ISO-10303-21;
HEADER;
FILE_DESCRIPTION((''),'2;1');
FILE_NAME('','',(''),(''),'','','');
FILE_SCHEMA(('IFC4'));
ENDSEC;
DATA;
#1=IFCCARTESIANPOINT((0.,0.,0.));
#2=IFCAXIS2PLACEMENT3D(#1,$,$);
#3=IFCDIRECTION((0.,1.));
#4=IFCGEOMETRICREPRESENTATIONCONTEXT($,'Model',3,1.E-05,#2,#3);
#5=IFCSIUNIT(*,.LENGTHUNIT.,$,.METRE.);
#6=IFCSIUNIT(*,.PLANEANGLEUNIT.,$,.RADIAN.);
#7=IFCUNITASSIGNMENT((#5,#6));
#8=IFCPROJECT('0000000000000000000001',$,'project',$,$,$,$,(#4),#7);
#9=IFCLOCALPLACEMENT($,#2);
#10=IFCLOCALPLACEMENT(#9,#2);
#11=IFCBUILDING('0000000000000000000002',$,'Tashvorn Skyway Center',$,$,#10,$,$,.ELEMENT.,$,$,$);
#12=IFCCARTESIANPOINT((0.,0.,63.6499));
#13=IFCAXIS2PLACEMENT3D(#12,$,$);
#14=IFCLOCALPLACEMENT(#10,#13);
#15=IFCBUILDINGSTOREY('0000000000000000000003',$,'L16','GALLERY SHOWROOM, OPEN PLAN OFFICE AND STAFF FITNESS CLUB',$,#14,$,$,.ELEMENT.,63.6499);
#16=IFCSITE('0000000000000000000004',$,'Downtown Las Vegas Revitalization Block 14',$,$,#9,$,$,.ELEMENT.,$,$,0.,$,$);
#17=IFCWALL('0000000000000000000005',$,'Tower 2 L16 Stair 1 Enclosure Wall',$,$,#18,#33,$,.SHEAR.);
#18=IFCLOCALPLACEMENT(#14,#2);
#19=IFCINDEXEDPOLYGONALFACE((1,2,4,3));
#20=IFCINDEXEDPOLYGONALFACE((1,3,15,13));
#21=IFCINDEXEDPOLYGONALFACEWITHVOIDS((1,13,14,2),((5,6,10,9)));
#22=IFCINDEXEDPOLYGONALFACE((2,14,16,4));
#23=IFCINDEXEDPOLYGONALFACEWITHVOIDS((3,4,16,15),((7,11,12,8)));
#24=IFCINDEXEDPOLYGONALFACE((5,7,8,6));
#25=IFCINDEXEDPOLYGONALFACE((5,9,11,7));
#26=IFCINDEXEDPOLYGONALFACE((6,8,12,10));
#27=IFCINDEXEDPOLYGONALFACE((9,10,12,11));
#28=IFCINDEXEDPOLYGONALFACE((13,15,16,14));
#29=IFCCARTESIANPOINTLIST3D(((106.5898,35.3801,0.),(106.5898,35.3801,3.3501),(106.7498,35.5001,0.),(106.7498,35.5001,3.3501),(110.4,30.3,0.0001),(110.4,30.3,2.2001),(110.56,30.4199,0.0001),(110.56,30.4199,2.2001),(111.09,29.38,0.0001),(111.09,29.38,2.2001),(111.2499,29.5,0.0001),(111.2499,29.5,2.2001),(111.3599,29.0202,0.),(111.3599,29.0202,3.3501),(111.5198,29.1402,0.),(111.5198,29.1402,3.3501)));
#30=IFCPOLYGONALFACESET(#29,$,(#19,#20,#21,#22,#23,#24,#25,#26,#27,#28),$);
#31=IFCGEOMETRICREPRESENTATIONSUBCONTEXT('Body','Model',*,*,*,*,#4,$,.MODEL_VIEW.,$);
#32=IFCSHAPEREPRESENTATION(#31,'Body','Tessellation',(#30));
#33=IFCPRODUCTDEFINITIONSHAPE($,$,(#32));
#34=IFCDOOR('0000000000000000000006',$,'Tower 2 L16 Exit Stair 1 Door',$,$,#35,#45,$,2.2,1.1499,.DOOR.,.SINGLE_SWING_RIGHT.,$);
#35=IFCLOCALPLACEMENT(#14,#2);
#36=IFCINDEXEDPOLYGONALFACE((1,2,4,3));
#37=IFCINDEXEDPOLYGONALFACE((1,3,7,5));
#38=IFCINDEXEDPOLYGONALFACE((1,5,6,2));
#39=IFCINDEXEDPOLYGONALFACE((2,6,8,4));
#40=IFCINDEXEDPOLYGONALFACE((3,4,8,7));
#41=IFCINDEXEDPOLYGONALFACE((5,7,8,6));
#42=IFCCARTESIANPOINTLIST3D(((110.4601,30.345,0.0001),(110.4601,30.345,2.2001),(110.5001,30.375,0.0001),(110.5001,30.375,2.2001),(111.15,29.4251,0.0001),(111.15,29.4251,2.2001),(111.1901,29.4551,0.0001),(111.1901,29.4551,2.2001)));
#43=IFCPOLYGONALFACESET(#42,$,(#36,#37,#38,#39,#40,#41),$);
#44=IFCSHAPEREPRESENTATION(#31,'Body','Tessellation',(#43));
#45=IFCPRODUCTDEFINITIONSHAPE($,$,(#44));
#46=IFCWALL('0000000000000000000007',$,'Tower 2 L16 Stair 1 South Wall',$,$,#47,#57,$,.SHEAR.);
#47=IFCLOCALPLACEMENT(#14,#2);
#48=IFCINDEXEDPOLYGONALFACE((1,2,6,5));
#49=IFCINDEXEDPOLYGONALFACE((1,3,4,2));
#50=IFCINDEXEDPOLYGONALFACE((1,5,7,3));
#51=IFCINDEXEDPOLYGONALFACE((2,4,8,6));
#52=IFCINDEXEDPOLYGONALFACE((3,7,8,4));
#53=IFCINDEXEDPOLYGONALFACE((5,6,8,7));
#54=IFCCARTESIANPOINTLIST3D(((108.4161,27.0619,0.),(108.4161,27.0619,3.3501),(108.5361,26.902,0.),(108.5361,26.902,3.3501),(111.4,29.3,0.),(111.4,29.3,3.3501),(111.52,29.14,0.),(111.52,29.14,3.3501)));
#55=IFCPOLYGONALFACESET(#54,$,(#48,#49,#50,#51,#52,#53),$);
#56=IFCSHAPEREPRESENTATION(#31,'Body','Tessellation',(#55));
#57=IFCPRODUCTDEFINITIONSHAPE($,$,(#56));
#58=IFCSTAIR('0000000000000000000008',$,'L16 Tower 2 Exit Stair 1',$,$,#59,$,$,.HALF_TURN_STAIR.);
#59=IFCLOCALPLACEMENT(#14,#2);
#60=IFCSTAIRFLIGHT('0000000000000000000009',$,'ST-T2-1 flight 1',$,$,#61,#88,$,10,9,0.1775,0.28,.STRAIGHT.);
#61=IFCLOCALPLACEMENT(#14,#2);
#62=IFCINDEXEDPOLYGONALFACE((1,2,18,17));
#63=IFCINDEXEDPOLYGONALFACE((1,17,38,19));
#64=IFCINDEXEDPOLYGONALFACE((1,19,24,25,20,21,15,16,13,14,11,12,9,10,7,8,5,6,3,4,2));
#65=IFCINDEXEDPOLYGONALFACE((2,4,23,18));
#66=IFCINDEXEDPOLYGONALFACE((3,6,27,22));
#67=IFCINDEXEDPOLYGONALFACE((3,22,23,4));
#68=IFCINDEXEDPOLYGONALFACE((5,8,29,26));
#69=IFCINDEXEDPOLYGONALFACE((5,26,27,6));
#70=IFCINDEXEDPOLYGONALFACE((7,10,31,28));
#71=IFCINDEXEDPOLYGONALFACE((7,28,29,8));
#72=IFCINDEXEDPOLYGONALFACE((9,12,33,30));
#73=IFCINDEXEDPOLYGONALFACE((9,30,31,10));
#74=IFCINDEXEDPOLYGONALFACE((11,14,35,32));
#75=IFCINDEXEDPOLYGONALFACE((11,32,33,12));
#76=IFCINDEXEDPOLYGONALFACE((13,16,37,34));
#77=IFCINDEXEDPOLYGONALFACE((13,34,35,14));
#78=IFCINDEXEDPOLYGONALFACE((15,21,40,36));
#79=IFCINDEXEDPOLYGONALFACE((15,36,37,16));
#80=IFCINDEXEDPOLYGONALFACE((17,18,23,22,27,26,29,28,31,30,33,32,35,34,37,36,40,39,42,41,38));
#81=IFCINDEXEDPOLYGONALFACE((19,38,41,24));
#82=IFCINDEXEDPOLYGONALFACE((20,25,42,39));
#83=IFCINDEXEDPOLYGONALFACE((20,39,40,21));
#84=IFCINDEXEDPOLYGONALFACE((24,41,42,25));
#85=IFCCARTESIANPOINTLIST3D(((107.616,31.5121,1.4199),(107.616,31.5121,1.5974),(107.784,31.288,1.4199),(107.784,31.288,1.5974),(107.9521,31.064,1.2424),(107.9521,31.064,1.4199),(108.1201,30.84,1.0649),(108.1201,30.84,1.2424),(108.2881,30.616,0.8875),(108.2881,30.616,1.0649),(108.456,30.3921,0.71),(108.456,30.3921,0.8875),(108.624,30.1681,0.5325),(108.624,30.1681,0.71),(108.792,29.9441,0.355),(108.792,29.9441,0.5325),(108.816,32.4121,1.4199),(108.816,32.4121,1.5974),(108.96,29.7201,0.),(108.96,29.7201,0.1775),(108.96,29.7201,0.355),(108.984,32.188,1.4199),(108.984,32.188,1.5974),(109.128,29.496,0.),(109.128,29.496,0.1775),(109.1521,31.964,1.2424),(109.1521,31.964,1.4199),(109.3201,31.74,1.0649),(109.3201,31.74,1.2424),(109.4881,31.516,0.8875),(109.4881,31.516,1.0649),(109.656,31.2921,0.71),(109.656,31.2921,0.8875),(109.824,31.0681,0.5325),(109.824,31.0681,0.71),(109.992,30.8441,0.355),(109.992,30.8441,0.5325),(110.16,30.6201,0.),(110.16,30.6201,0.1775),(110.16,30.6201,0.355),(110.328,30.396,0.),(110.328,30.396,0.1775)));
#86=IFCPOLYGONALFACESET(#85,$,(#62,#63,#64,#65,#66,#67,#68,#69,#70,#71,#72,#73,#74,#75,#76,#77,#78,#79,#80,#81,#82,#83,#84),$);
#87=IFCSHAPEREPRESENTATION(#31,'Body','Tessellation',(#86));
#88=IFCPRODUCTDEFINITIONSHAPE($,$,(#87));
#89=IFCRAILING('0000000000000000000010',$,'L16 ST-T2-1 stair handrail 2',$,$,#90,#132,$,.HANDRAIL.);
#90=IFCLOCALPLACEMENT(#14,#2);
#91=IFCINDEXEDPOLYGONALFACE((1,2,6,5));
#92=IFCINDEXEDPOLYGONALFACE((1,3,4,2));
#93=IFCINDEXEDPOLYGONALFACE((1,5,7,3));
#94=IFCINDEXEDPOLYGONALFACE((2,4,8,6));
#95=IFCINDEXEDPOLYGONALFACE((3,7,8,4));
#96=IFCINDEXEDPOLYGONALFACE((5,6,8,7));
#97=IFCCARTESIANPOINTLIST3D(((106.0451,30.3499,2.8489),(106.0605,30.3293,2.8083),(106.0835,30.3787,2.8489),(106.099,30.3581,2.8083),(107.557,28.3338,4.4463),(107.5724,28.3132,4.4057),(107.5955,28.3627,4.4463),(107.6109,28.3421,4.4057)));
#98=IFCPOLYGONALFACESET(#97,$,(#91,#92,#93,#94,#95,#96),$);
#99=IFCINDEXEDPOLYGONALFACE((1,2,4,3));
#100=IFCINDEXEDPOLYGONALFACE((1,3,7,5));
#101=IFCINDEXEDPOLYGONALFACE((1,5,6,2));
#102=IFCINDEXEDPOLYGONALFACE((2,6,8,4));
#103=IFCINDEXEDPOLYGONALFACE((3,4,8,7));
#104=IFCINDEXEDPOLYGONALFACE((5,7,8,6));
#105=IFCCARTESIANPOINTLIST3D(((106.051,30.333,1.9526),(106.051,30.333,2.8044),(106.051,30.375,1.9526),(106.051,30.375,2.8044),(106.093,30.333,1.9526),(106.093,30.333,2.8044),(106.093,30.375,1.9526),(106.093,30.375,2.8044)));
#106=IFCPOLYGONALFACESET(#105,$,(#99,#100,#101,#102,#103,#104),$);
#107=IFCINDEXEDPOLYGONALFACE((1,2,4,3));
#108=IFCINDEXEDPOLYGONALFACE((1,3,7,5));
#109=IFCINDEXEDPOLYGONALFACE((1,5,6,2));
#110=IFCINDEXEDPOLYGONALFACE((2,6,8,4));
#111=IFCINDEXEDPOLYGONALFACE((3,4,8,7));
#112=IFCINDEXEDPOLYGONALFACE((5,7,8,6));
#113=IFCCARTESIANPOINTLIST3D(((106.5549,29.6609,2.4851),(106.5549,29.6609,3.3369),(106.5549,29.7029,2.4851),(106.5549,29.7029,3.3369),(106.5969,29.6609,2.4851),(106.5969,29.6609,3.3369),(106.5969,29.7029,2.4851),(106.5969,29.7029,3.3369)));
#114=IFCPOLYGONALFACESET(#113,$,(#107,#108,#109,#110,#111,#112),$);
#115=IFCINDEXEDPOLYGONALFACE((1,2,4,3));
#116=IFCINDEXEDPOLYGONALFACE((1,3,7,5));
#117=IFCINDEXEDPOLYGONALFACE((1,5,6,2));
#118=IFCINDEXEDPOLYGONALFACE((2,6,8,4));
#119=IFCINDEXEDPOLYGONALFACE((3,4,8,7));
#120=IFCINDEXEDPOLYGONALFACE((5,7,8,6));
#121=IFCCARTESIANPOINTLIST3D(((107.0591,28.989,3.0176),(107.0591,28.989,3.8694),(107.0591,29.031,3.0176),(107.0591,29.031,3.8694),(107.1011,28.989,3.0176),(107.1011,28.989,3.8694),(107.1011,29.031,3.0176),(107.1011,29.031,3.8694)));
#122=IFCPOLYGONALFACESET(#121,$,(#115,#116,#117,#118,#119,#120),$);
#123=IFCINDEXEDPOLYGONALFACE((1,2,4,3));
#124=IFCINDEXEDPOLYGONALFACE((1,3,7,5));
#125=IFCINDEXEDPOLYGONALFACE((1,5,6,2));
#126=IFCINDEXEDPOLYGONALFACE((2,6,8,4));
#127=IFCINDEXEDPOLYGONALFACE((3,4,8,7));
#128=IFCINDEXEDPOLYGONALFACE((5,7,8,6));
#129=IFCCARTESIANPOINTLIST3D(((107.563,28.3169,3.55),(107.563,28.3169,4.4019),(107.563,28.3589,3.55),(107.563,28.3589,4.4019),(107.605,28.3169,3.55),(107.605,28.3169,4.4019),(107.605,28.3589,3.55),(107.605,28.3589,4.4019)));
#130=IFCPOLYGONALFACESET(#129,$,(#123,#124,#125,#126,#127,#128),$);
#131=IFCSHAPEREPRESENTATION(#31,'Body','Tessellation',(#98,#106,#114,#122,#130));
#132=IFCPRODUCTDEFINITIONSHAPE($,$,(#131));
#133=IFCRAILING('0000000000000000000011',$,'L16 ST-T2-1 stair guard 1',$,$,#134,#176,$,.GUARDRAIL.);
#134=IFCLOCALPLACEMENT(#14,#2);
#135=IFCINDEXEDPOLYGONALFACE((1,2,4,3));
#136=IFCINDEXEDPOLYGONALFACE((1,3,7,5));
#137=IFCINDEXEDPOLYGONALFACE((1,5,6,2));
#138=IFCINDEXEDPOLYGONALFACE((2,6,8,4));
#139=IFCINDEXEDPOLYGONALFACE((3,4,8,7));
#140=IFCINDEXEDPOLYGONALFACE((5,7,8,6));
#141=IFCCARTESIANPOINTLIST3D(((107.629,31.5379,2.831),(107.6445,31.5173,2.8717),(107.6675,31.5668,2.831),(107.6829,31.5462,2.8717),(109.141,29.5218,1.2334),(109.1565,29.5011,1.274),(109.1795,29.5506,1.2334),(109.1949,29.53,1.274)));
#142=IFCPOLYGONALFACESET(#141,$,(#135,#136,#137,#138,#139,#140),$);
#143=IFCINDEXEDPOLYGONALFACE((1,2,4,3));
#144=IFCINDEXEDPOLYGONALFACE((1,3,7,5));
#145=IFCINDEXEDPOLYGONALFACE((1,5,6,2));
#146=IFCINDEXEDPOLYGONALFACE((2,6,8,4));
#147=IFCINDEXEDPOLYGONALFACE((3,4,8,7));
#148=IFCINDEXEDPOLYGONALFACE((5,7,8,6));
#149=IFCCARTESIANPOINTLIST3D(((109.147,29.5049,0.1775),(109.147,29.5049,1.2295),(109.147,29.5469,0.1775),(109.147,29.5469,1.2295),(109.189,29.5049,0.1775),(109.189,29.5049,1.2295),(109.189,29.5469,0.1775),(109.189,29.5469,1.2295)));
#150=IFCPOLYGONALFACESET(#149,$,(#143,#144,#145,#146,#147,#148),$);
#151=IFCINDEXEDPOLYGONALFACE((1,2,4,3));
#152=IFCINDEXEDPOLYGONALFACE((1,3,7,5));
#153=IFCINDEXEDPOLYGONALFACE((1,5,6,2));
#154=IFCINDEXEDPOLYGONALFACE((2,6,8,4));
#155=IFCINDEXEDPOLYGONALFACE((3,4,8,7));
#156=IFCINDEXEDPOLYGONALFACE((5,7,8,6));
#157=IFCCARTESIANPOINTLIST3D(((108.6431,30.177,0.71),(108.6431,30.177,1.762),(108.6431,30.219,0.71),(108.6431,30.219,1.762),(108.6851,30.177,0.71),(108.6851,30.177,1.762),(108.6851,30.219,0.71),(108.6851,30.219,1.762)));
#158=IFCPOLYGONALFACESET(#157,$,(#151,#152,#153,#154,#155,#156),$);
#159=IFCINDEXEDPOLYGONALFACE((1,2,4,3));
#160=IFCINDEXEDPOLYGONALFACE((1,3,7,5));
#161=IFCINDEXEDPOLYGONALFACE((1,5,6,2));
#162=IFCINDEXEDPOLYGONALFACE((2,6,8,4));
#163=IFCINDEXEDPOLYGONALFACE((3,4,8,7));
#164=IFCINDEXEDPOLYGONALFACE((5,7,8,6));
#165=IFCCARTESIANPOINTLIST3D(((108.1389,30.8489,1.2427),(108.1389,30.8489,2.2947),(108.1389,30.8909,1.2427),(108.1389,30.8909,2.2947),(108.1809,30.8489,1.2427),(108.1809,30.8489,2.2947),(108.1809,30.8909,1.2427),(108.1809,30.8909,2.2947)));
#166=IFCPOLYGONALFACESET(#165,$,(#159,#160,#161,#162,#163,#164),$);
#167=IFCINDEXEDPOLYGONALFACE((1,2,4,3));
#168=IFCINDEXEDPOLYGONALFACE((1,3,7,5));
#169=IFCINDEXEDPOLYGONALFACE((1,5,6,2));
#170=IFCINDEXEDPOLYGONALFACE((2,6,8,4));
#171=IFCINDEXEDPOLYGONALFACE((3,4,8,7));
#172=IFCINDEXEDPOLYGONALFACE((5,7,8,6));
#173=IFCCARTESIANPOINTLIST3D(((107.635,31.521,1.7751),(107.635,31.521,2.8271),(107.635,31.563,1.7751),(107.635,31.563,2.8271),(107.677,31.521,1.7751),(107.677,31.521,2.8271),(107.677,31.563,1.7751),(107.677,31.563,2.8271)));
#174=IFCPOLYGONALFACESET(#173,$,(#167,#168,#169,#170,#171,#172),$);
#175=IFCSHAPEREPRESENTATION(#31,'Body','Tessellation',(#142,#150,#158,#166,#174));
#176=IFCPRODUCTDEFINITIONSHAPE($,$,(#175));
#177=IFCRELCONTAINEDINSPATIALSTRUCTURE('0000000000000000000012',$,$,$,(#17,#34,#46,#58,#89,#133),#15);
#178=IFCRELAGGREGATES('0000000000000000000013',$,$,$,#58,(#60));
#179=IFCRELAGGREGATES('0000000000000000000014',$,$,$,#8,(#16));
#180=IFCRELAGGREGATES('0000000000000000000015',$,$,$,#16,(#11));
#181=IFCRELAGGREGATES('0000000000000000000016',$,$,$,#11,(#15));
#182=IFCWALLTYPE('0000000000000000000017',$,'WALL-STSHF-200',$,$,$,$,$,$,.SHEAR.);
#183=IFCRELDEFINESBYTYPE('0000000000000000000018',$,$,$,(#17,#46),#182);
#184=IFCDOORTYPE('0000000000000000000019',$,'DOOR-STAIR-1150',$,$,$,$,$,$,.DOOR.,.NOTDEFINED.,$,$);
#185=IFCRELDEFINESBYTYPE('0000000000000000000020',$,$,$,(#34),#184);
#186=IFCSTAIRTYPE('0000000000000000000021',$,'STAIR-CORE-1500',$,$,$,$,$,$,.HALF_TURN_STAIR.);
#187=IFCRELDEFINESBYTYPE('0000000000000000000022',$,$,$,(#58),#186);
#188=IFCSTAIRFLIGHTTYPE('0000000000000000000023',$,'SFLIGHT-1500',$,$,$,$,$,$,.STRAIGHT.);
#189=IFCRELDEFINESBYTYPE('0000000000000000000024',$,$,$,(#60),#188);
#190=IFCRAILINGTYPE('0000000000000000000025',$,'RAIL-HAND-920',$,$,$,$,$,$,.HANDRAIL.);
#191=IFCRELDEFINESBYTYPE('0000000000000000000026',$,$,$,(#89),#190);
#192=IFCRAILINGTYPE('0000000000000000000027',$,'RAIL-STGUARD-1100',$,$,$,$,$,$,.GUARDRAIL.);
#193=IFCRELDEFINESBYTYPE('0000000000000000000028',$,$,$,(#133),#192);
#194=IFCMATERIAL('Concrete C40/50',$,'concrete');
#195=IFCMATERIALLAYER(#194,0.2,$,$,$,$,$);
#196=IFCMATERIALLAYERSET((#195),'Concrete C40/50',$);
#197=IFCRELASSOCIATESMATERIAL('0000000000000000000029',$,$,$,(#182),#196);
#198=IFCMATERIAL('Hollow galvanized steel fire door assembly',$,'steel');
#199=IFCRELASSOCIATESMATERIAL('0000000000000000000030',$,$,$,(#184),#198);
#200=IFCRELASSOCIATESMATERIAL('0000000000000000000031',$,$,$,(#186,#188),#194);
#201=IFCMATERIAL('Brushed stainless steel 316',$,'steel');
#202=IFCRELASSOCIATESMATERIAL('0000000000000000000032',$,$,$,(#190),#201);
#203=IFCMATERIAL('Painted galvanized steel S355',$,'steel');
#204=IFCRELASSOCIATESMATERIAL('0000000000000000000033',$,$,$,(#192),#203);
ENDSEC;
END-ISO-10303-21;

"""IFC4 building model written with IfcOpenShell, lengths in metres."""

from ifc_helpers import new_model, si_unit, direction, frame, frame_2d, origin, origin_2d, place, context, subcontext, project, spatial, polyline, rectangle, outline, extrude, material, layer, layer_set, type_object, element, fill, aggregate, save


model = new_model("IFC4")

# Units and contexts
model_context = context("Model", 3, precision=1e-05, world=origin(), true_north=direction((0.0, 1.0)))
body_context = subcontext(model_context, "Body", "Model", "MODEL_VIEW")
ifc_project = project(units=[si_unit("LENGTHUNIT", "METRE"), si_unit("PLANEANGLEUNIT", "RADIAN")], contexts=[model_context])

# Site, building, storey
site_placement = place(None, origin())
site = spatial("IfcSite", under=ifc_project, at=site_placement, Name="Downtown Las Vegas Revitalization Block 14", CompositionType="ELEMENT", RefElevation=0.0)
building_placement = place(site_placement, origin())
building = spatial("IfcBuilding", under=site, at=building_placement, Name="Tashvorn Skyway Center", CompositionType="ELEMENT")
storey_placement = place(building_placement, frame((0.0, 0.0, 63.6499)))
storey = spatial("IfcBuildingStorey", under=building, at=storey_placement, Name="L16", Description="GALLERY SHOWROOM, OPEN PLAN OFFICE AND STAFF FITNESS CLUB", CompositionType="ELEMENT", Elevation=63.6499)

# Shared definitions
ifc_material_1 = material(Name="Concrete C40/50", Category="concrete")
ifc_material_2 = material(Name="Hollow galvanized steel fire door assembly", Category="steel")

# Wall, opening, door
ifc_layer_1 = layer(ifc_material_1, 0.2)
ifc_layer_set_1 = layer_set([ifc_layer_1], Name="Concrete C40/50")
wall_type_1 = type_object("IfcWallType", Name="WALL-STSHF-200", PredefinedType="SHEAR", material=ifc_layer_set_1)
wall_1_placement = place(storey_placement, frame((111.4399, 29.0801, 0.0), z_axis=(0.0, 0.0, 1.0), x_axis=(-0.60001, 0.799993, 0.0)))
wall_1 = element("IfcWall", 1, at=wall_1_placement, inside=storey, type_object=wall_type_1, Name="Tower 2 L16 Stair 1 Enclosure Wall", PredefinedType="SHEAR", context=body_context, shape_type="SweptSolid", body=[
    extrude(rectangle(XDim=7.95, YDim=0.2, at=frame_2d((3.9751, 0.0))), origin(), (0.0, 0.0, 1.0), 3.3501),
])
opening_1_placement = place(wall_1_placement, frame((0.45, 0.0, 0.0)))
opening_1 = element("IfcOpeningElement", 2, at=opening_1_placement, cuts=wall_1, PredefinedType="OPENING", context=body_context, shape_type="SweptSolid", body=[
    extrude(rectangle(XDim=1.1499, YDim=2.2, at=frame_2d((0.575, 1.1001))), frame((0.0, 0.1099, 0.0), z_axis=(0.0, -1.0, 0.0), x_axis=(1.0, 0.0, 0.0)), (0.0, 0.0, 1.0), 0.22),
])
door_type_1 = type_object("IfcDoorType", Name="DOOR-STAIR-1150", OperationType="NOTDEFINED", PredefinedType="DOOR", material=ifc_material_2)
door_1_placement = place(opening_1_placement, origin())
door_1 = element("IfcDoor", 3, at=door_1_placement, inside=storey, type_object=door_type_1, Name="Tower 2 L16 Exit Stair 1 Door", OperationType="SINGLE_SWING_RIGHT", OverallHeight=2.2, OverallWidth=1.1499, PredefinedType="DOOR", context=body_context, shape_type="SweptSolid", body=[
    extrude(rectangle(XDim=1.1499, YDim=2.2, at=frame_2d((0.575, 1.1001))), frame((0.0, 0.0249, 0.0), z_axis=(0.0, -1.0, 0.0), x_axis=(1.0, 0.0, 0.0)), (0.0, 0.0, 1.0), 0.05),
])
fill(opening_1, door_1)

# Wall
wall_2_placement = place(storey_placement, frame((108.4761, 26.9819, 0.0), z_axis=(0.0, 0.0, 1.0), x_axis=(0.799984, 0.600021, 0.0)))
element("IfcWall", 4, at=wall_2_placement, inside=storey, type_object=wall_type_1, Name="Tower 2 L16 Stair 1 South Wall", PredefinedType="SHEAR", context=body_context, shape_type="SweptSolid", body=[
    extrude(rectangle(XDim=3.73, YDim=0.2, at=frame_2d((1.865, 0.0))), origin(), (0.0, 0.0, 1.0), 3.3501),
])

# Stair, stair flight
stair_type = type_object("IfcStairType", Name="STAIR-CORE-1500", PredefinedType="HALF_TURN_STAIR", material=ifc_material_1)
stair_placement = place(storey_placement, origin())
stair = element("IfcStair", 5, at=stair_placement, inside=storey, type_object=stair_type, Name="L16 Tower 2 Exit Stair 1", PredefinedType="HALF_TURN_STAIR")
stair_flight_type = type_object("IfcStairFlightType", Name="SFLIGHT-1500", PredefinedType="STRAIGHT", material=ifc_material_1)
stair_flight_placement = place(storey_placement, frame((109.728, 29.946, 0.0), z_axis=(0.0, 0.0, 1.0), x_axis=(-0.6, 0.8, 0.0)))
stair_flight = element("IfcStairFlight", 6, at=stair_flight_placement, type_object=stair_flight_type, Name="ST-T2-1 flight 1", NumberOfRisers=10, NumberOfTreads=9, PredefinedType="STRAIGHT", RiserHeight=0.1775, TreadLength=0.28, context=body_context, shape_type="SweptSolid", body=[
    extrude(outline(polyline([(0.0, 0.0), (0.0, 0.1775), (0.28, 0.1775), (0.28, 0.355), (0.5601, 0.355), (0.5601, 0.5325), (0.8401, 0.5325), (0.8401, 0.71), (1.1201, 0.71), (1.1201, 0.8875), (1.3999, 0.8875), (1.3999, 1.0649), (1.6799, 1.0649), (1.6799, 1.2424), (1.96, 1.2424), (1.96, 1.4199), (2.24, 1.4199), (2.24, 1.5974), (2.52, 1.5974), (2.52, 1.7749), (2.52, 1.4199), (0.28, 0.0), (0.0, 0.0)])), frame((0.0, 0.75, 0.0), z_axis=(0.0, -1.0, 0.0), x_axis=(1.0, 0.0, 0.0)), (0.0, 0.0, 1.0), 1.5),
])
aggregate(stair, [stair_flight])

# Railings
ifc_material_3 = material(Name="Brushed stainless steel 316", Category="steel")
railing_type_1 = type_object("IfcRailingType", Name="RAIL-HAND-920", PredefinedType="HANDRAIL", material=ifc_material_3)
railing_1_placement = place(storey_placement, frame((106.072, 30.354, 1.9526)))
element("IfcRailing", 7, at=railing_1_placement, inside=storey, type_object=railing_type_1, Name="L16 ST-T2-1 stair handrail 2", PredefinedType="HANDRAIL", context=body_context, shape_type="SweptSolid", body=[
    extrude(rectangle(XDim=0.0481, YDim=0.0481, at=origin_2d()), frame((0.0, 0.0, 0.876), z_axis=(0.506741, -0.675709, 0.535379), x_axis=(0.800023, 0.599969, 0.0)), (0.0, 0.0, 1.0), 2.9836),
    extrude(rectangle(XDim=0.042, YDim=0.042, at=origin_2d()), origin(), (0.0, 0.0, 1.0), 0.8518),
    extrude(rectangle(XDim=0.042, YDim=0.042, at=origin_2d()), frame((0.5039, -0.6721, 0.5325)), (0.0, 0.0, 1.0), 0.8518),
    extrude(rectangle(XDim=0.042, YDim=0.042, at=origin_2d()), frame((1.0081, -1.344, 1.0649)), (0.0, 0.0, 1.0), 0.8518),
    extrude(rectangle(XDim=0.042, YDim=0.042, at=origin_2d()), frame((1.512, -2.0161, 1.5974)), (0.0, 0.0, 1.0), 0.8518),
])
ifc_material_4 = material(Name="Painted galvanized steel S355", Category="steel")
railing_type_2 = type_object("IfcRailingType", Name="RAIL-STGUARD-1100", PredefinedType="GUARDRAIL", material=ifc_material_4)
railing_2_placement = place(storey_placement, frame((109.168, 29.5259, 0.1775)))
element("IfcRailing", 8, at=railing_2_placement, inside=storey, type_object=railing_type_2, Name="L16 ST-T2-1 stair guard 1", PredefinedType="GUARDRAIL", context=body_context, shape_type="SweptSolid", body=[
    extrude(rectangle(XDim=0.0481, YDim=0.0481, at=origin_2d()), frame((0.0, 0.0, 1.0762), z_axis=(-0.506719, 0.675679, 0.535438), x_axis=(-0.800023, -0.599969, 0.0)), (0.0, 0.0, 1.0), 2.9839),
    extrude(rectangle(XDim=0.042, YDim=0.042, at=origin_2d()), origin(), (0.0, 0.0, 1.0), 1.052),
    extrude(rectangle(XDim=0.042, YDim=0.042, at=origin_2d()), frame((-0.5039, 0.6721, 0.5325)), (0.0, 0.0, 1.0), 1.052),
    extrude(rectangle(XDim=0.042, YDim=0.042, at=origin_2d()), frame((-1.0081, 1.344, 1.0652)), (0.0, 0.0, 1.0), 1.052),
    extrude(rectangle(XDim=0.042, YDim=0.042, at=origin_2d()), frame((-1.512, 2.0161, 1.5977)), (0.0, 0.0, 1.0), 1.052),
])

save(model, "model.ifc")
